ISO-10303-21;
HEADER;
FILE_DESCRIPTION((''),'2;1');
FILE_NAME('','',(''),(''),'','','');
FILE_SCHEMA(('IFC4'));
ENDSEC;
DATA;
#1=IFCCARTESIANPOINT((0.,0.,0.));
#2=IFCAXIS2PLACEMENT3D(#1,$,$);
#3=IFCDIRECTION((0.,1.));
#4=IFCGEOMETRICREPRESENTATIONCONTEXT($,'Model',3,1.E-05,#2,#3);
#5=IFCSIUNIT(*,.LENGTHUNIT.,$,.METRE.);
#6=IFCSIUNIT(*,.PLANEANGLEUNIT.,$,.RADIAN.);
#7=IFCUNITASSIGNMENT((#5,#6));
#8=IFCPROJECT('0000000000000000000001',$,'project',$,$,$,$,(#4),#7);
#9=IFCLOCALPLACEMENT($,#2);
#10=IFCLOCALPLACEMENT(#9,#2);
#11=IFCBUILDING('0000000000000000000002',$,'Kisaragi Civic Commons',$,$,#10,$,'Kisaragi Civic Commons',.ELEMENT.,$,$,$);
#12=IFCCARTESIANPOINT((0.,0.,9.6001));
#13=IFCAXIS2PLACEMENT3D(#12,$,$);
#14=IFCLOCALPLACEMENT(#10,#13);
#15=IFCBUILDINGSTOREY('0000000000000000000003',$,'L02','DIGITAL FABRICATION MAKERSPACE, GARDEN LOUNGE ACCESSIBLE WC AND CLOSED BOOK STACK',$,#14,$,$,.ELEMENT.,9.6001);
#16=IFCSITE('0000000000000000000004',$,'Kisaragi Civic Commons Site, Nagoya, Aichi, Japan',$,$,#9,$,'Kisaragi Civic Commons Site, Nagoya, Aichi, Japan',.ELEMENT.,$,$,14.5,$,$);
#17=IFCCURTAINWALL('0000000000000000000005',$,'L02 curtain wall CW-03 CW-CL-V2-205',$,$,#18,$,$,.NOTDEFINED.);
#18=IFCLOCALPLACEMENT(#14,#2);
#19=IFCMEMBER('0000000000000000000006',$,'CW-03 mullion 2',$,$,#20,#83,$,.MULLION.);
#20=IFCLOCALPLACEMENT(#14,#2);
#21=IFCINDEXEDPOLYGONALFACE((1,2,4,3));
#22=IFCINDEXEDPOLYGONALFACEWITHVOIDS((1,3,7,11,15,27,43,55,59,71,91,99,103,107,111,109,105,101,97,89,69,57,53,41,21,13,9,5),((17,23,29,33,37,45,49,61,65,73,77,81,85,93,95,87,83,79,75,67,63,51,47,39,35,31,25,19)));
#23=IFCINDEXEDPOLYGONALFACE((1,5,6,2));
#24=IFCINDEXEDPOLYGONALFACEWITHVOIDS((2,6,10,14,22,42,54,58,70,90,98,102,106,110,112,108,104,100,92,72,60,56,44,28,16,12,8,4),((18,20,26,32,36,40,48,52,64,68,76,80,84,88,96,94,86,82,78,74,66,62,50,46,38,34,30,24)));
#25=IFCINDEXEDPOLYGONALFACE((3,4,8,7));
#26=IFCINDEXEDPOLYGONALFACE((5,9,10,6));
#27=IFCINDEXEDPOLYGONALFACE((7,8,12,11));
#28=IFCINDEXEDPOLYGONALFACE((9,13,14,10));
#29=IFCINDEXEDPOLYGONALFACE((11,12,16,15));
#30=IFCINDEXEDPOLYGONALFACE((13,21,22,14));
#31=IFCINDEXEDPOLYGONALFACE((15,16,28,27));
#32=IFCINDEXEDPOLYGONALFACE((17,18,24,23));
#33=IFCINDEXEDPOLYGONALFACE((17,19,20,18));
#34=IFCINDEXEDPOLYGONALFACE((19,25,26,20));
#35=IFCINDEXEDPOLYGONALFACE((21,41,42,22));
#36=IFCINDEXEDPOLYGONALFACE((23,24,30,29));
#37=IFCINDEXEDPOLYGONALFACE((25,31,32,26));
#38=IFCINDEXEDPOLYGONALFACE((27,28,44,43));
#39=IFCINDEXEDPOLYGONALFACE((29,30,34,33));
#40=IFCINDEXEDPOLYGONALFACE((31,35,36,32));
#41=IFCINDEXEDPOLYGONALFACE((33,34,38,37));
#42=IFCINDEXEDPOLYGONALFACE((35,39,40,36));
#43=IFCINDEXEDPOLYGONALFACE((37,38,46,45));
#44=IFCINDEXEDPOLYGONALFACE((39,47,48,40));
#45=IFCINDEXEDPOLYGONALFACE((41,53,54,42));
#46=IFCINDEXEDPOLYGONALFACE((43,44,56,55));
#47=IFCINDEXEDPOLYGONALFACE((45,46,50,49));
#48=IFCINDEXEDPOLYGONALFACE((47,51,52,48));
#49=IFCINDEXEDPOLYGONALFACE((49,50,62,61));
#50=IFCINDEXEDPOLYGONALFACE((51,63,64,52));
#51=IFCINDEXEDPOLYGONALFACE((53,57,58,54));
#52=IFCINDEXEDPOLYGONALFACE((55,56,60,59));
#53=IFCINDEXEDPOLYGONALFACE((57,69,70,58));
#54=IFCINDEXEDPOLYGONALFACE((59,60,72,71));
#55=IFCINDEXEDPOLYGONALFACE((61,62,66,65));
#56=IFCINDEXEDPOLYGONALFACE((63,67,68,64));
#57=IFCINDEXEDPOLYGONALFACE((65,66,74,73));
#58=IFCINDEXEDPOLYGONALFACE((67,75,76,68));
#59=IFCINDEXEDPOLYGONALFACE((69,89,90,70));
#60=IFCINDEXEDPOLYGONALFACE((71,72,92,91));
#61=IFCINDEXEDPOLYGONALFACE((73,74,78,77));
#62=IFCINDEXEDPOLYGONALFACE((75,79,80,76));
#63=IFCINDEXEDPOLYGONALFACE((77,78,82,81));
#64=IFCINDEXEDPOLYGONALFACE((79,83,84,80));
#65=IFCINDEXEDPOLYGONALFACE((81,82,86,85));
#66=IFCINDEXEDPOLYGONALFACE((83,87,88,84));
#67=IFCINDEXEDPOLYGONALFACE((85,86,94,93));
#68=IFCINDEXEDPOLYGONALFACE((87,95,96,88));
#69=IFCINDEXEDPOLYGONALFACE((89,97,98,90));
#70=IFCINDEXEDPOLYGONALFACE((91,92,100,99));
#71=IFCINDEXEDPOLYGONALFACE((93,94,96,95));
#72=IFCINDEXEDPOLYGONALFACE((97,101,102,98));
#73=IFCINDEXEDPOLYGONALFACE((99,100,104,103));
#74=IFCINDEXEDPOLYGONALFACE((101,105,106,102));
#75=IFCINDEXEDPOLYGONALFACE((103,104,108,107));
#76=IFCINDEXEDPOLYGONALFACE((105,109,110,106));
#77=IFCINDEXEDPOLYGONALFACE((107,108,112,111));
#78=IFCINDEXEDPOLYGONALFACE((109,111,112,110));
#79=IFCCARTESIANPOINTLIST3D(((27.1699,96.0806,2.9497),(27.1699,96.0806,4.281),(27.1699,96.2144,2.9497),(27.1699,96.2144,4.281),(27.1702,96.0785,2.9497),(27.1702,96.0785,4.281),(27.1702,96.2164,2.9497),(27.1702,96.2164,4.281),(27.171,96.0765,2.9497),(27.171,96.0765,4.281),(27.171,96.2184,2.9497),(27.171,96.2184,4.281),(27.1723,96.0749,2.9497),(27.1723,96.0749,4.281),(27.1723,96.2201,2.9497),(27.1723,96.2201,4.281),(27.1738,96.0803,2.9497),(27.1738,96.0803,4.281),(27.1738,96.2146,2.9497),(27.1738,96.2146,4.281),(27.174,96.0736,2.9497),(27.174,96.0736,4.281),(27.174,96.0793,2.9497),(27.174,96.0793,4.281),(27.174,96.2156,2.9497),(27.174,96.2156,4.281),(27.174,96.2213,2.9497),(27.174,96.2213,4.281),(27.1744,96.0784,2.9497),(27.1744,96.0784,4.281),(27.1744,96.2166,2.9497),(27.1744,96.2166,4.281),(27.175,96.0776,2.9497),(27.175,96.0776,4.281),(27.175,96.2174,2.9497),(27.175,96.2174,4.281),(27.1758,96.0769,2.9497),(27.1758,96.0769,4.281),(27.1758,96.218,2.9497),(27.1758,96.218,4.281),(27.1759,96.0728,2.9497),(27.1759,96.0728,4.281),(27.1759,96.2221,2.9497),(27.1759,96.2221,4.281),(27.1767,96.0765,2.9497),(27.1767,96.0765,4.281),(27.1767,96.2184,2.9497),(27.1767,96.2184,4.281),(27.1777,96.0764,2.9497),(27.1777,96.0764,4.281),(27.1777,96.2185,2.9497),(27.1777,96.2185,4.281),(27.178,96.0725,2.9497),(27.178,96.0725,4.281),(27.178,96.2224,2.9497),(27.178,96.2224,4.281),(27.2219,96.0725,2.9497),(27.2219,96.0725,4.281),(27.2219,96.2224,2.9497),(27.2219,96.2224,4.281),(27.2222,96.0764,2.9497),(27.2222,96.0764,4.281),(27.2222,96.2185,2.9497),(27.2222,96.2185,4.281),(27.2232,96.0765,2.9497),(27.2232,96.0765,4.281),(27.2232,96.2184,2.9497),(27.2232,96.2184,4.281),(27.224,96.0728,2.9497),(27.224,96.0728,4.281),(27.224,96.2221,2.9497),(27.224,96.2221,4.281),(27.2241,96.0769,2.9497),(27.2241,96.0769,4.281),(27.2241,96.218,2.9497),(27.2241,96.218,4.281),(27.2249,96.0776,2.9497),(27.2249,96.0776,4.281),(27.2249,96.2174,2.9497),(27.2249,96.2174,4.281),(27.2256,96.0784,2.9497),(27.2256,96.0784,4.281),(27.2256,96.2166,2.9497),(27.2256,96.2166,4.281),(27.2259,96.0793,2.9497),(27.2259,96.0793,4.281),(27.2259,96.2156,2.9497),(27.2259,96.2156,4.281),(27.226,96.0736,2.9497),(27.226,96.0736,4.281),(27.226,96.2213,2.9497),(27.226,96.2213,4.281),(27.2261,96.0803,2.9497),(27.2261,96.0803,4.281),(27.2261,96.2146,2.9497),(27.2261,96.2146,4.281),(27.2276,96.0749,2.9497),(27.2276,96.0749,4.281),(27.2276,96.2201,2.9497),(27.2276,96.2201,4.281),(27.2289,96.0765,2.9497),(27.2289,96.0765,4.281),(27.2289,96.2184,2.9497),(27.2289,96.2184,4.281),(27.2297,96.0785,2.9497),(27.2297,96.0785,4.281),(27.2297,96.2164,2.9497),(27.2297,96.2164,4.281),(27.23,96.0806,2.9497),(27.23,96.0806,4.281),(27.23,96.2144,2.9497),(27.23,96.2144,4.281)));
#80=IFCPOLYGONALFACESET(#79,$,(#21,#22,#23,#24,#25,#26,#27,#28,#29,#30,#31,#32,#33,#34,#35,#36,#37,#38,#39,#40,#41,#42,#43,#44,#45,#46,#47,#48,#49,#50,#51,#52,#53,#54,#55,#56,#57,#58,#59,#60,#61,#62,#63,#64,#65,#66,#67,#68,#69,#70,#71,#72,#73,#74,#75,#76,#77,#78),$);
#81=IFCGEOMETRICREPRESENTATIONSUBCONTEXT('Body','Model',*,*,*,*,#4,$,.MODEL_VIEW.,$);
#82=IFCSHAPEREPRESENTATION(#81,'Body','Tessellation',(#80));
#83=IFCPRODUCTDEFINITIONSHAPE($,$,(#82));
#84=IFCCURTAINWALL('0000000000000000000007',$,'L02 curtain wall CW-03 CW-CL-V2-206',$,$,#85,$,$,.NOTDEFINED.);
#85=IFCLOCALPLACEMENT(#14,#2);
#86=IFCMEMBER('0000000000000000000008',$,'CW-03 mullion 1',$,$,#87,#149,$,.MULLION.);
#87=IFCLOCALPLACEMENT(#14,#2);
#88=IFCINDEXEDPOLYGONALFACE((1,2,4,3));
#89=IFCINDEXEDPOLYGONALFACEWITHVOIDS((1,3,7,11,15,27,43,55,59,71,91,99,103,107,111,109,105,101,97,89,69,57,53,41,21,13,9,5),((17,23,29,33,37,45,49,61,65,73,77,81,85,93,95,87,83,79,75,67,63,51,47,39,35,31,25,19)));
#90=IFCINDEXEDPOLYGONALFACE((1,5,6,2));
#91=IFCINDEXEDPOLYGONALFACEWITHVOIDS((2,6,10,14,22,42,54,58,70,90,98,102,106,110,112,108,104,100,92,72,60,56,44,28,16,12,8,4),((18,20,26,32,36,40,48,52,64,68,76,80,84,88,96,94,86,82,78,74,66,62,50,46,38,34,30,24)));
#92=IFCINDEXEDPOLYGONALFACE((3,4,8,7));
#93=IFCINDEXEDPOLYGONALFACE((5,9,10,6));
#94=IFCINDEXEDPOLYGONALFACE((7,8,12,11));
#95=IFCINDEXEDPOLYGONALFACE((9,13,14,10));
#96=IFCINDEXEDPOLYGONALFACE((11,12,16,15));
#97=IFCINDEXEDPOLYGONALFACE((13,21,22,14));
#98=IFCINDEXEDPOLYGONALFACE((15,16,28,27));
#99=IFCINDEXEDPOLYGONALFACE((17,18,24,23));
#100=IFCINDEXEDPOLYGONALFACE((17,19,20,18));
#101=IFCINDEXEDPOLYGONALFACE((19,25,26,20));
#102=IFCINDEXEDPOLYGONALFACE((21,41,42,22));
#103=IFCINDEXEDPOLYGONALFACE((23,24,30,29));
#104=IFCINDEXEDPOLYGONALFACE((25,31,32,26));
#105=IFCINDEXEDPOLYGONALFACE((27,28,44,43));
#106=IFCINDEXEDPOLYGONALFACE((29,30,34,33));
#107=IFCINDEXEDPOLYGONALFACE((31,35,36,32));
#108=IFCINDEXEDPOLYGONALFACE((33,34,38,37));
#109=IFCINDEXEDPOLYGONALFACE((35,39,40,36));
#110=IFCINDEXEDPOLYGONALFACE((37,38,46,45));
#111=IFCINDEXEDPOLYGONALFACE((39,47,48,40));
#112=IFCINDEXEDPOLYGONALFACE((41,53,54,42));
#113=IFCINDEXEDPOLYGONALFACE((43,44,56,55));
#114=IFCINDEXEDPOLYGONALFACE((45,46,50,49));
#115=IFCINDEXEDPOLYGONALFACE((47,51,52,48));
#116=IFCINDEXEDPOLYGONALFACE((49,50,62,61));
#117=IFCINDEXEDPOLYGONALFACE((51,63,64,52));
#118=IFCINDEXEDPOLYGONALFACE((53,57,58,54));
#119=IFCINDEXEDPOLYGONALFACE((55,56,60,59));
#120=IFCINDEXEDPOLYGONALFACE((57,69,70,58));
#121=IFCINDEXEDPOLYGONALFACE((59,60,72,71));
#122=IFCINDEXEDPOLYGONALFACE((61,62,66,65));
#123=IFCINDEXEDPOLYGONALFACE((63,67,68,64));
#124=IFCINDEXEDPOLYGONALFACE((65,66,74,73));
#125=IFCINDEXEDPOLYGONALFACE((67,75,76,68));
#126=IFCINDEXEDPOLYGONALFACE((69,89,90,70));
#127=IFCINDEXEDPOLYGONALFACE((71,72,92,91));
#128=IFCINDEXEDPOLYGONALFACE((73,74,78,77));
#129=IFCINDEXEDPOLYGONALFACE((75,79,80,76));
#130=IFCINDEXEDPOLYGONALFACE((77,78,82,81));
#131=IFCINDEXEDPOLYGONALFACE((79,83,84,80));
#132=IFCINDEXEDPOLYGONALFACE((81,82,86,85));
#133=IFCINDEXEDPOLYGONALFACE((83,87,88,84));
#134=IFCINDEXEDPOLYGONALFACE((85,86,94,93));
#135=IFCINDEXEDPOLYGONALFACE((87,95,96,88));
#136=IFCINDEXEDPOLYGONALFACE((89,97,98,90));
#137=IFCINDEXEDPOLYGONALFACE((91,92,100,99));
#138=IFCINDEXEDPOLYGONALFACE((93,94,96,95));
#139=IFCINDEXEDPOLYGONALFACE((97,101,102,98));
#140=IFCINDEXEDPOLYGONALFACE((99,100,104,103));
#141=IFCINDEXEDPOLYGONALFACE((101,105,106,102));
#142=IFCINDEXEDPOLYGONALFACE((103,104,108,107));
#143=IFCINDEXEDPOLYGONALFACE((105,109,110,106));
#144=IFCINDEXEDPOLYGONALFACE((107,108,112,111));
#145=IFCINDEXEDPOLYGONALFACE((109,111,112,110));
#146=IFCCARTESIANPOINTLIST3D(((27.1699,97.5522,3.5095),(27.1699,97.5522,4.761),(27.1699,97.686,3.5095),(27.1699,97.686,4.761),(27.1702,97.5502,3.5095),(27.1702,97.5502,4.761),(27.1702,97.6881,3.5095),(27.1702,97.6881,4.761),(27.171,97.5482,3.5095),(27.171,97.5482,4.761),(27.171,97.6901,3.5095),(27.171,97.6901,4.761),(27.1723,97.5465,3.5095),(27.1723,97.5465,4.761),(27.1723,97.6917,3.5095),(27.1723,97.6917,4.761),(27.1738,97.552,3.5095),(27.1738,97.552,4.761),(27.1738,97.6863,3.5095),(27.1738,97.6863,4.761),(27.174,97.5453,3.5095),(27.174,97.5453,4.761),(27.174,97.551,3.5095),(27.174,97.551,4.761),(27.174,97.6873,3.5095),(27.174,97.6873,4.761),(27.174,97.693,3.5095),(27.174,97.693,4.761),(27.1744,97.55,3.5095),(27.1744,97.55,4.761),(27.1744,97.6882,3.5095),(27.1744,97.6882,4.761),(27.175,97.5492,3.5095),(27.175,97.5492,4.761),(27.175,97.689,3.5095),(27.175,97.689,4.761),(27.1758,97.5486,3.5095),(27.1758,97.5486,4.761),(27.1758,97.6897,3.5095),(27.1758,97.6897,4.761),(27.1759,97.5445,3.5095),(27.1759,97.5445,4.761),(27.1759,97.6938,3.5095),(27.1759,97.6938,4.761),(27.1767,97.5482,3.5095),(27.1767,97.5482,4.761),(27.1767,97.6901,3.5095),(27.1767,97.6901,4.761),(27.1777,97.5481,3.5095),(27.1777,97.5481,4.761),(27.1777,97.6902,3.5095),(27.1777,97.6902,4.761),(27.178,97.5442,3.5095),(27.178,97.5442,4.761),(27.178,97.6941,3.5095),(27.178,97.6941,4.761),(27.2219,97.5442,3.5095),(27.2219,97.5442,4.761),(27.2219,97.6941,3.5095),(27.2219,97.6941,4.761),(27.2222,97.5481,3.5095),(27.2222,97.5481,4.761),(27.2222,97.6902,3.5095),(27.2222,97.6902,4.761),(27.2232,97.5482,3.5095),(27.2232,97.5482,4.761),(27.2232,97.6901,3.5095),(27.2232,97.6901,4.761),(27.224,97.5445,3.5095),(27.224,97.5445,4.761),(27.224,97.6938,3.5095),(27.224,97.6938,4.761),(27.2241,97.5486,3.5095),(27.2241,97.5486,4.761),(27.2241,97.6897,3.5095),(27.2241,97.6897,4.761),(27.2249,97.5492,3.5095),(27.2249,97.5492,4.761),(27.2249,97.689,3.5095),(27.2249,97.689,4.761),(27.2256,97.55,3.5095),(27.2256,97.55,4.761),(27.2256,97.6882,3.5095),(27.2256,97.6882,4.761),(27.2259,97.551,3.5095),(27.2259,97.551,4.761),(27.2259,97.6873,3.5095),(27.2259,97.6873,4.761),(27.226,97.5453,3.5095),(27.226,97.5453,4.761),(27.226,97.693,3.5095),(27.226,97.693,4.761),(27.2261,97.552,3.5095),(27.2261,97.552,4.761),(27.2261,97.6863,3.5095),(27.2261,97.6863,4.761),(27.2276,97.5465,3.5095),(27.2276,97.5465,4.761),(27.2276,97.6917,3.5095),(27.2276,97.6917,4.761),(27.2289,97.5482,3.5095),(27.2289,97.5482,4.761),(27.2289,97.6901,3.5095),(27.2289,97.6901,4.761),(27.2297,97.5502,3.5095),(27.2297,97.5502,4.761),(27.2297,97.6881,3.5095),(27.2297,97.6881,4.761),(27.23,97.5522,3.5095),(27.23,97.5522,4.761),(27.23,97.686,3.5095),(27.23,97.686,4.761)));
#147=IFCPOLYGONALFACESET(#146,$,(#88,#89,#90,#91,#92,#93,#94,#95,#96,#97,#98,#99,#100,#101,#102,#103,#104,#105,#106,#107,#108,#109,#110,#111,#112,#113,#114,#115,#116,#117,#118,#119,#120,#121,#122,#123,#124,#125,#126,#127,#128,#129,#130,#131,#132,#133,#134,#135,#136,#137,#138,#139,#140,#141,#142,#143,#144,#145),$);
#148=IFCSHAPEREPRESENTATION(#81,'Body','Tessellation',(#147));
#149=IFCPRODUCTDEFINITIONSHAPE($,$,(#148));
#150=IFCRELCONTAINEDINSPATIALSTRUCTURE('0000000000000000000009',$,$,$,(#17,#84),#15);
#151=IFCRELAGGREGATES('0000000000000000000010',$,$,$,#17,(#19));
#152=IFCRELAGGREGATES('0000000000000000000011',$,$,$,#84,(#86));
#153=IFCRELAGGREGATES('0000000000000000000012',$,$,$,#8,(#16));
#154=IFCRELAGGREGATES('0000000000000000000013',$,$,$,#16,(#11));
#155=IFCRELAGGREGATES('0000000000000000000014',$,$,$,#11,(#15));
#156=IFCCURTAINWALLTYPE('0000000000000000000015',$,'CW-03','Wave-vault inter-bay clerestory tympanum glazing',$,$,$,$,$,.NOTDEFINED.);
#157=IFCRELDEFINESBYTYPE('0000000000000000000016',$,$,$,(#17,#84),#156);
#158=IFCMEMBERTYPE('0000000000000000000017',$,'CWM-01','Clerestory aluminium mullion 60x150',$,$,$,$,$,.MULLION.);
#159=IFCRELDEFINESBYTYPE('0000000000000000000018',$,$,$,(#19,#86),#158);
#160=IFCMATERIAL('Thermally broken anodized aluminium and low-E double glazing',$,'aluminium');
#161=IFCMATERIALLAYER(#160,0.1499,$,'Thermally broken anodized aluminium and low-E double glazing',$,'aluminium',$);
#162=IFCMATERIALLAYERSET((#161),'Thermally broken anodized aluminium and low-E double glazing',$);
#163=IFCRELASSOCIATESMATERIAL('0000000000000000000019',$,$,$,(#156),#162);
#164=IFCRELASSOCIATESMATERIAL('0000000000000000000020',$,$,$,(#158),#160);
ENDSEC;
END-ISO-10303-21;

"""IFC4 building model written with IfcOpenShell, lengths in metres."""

from ifc_helpers import new_model, si_unit, direction, frame, origin, origin_2d, place, context, subcontext, project, spatial, hollow_rectangle, extrude, material, layer, layer_set, material_profile, profile_set, type_object, element, aggregate, save


model = new_model("IFC4")

# Units and contexts
model_context = context("Model", 3, precision=1e-05, world=origin(), true_north=direction((0.0, 1.0)))
body_context = subcontext(model_context, "Body", "Model", "MODEL_VIEW")
ifc_project = project(units=[si_unit("LENGTHUNIT", "METRE"), si_unit("PLANEANGLEUNIT", "RADIAN")], contexts=[model_context])

# Site, building, storey
site_placement = place(None, origin())
site = spatial("IfcSite", under=ifc_project, at=site_placement, Name="Kisaragi Civic Commons Site, Nagoya, Aichi, Japan", LongName="Kisaragi Civic Commons Site, Nagoya, Aichi, Japan", CompositionType="ELEMENT", RefElevation=14.5)
building_placement = place(site_placement, origin())
building = spatial("IfcBuilding", under=site, at=building_placement, Name="Kisaragi Civic Commons", LongName="Kisaragi Civic Commons", CompositionType="ELEMENT")
storey_placement = place(building_placement, frame((0.0, 0.0, 9.6001)))
storey = spatial("IfcBuildingStorey", under=building, at=storey_placement, Name="L02", Description="DIGITAL FABRICATION MAKERSPACE, GARDEN LOUNGE ACCESSIBLE WC AND CLOSED BOOK STACK", CompositionType="ELEMENT", Elevation=9.6001)

# Curtain wall, member
ifc_material_1 = material(Name="Thermally broken anodized aluminium and low-E double glazing", Category="aluminium")
ifc_layer_1 = layer(ifc_material_1, 0.1499, Name="Thermally broken anodized aluminium and low-E double glazing", Category="aluminium")
ifc_layer_set_1 = layer_set([ifc_layer_1], Name="Thermally broken anodized aluminium and low-E double glazing")
curtain_wall_type = type_object("IfcCurtainWallType", Name="CW-03", Description="Wave-vault inter-bay clerestory tympanum glazing", PredefinedType="NOTDEFINED", material=ifc_layer_set_1)
curtain_wall_1_placement = place(storey_placement, origin())
curtain_wall_1 = element("IfcCurtainWall", 1, at=curtain_wall_1_placement, inside=storey, type_object=curtain_wall_type, Name="L02 curtain wall CW-03 CW-CL-V2-205", PredefinedType="NOTDEFINED")
ifc_material_profile_1 = material_profile(ifc_material_1, hollow_rectangle(XDim=0.0601, YDim=0.1499, WallThickness=0.0039, InnerFilletRadius=0.0039, OuterFilletRadius=0.0081, at=origin_2d()), Name="CWM-60x150x4", Category="aluminium")
ifc_profile_set_1 = profile_set([ifc_material_profile_1], Name="Thermally broken anodized aluminium and low-E double glazing")
member_type_1 = type_object("IfcMemberType", Name="CWM-01", Description="Clerestory aluminium mullion 60x150", PredefinedType="MULLION", material=ifc_profile_set_1)
member_1_placement = place(storey_placement, frame((27.2, 96.1475, 2.9497), z_axis=(0.0, 0.0, 1.0), x_axis=(-1.0, 0.0, 0.0)))
member_1 = element("IfcMember", 2, at=member_1_placement, type_object=member_type_1, Name="CW-03 mullion 2", PredefinedType="MULLION", context=body_context, shape_type="SweptSolid", body=[
    extrude(hollow_rectangle(XDim=0.0601, YDim=0.1499, WallThickness=0.0039, InnerFilletRadius=0.0039, OuterFilletRadius=0.0081, at=origin_2d()), origin(), (0.0, 0.0, 1.0), 1.3313),
])
aggregate(curtain_wall_1, [member_1])

# Curtain wall, member
curtain_wall_2_placement = place(storey_placement, origin())
curtain_wall_2 = element("IfcCurtainWall", 3, at=curtain_wall_2_placement, inside=storey, type_object=curtain_wall_type, Name="L02 curtain wall CW-03 CW-CL-V2-206", PredefinedType="NOTDEFINED")
member_2_placement = place(storey_placement, frame((27.2, 97.6191, 3.5095), z_axis=(0.0, 0.0, 1.0), x_axis=(-1.0, 0.0, 0.0)))
member_2 = element("IfcMember", 4, at=member_2_placement, type_object=member_type_1, Name="CW-03 mullion 1", PredefinedType="MULLION", context=body_context, shape_type="SweptSolid", body=[
    extrude(hollow_rectangle(XDim=0.0601, YDim=0.1499, WallThickness=0.0039, InnerFilletRadius=0.0039, OuterFilletRadius=0.0081, at=origin_2d()), origin(), (0.0, 0.0, 1.0), 1.2515),
])

aggregate(curtain_wall_2, [member_2])

save(model, "model.ifc")
